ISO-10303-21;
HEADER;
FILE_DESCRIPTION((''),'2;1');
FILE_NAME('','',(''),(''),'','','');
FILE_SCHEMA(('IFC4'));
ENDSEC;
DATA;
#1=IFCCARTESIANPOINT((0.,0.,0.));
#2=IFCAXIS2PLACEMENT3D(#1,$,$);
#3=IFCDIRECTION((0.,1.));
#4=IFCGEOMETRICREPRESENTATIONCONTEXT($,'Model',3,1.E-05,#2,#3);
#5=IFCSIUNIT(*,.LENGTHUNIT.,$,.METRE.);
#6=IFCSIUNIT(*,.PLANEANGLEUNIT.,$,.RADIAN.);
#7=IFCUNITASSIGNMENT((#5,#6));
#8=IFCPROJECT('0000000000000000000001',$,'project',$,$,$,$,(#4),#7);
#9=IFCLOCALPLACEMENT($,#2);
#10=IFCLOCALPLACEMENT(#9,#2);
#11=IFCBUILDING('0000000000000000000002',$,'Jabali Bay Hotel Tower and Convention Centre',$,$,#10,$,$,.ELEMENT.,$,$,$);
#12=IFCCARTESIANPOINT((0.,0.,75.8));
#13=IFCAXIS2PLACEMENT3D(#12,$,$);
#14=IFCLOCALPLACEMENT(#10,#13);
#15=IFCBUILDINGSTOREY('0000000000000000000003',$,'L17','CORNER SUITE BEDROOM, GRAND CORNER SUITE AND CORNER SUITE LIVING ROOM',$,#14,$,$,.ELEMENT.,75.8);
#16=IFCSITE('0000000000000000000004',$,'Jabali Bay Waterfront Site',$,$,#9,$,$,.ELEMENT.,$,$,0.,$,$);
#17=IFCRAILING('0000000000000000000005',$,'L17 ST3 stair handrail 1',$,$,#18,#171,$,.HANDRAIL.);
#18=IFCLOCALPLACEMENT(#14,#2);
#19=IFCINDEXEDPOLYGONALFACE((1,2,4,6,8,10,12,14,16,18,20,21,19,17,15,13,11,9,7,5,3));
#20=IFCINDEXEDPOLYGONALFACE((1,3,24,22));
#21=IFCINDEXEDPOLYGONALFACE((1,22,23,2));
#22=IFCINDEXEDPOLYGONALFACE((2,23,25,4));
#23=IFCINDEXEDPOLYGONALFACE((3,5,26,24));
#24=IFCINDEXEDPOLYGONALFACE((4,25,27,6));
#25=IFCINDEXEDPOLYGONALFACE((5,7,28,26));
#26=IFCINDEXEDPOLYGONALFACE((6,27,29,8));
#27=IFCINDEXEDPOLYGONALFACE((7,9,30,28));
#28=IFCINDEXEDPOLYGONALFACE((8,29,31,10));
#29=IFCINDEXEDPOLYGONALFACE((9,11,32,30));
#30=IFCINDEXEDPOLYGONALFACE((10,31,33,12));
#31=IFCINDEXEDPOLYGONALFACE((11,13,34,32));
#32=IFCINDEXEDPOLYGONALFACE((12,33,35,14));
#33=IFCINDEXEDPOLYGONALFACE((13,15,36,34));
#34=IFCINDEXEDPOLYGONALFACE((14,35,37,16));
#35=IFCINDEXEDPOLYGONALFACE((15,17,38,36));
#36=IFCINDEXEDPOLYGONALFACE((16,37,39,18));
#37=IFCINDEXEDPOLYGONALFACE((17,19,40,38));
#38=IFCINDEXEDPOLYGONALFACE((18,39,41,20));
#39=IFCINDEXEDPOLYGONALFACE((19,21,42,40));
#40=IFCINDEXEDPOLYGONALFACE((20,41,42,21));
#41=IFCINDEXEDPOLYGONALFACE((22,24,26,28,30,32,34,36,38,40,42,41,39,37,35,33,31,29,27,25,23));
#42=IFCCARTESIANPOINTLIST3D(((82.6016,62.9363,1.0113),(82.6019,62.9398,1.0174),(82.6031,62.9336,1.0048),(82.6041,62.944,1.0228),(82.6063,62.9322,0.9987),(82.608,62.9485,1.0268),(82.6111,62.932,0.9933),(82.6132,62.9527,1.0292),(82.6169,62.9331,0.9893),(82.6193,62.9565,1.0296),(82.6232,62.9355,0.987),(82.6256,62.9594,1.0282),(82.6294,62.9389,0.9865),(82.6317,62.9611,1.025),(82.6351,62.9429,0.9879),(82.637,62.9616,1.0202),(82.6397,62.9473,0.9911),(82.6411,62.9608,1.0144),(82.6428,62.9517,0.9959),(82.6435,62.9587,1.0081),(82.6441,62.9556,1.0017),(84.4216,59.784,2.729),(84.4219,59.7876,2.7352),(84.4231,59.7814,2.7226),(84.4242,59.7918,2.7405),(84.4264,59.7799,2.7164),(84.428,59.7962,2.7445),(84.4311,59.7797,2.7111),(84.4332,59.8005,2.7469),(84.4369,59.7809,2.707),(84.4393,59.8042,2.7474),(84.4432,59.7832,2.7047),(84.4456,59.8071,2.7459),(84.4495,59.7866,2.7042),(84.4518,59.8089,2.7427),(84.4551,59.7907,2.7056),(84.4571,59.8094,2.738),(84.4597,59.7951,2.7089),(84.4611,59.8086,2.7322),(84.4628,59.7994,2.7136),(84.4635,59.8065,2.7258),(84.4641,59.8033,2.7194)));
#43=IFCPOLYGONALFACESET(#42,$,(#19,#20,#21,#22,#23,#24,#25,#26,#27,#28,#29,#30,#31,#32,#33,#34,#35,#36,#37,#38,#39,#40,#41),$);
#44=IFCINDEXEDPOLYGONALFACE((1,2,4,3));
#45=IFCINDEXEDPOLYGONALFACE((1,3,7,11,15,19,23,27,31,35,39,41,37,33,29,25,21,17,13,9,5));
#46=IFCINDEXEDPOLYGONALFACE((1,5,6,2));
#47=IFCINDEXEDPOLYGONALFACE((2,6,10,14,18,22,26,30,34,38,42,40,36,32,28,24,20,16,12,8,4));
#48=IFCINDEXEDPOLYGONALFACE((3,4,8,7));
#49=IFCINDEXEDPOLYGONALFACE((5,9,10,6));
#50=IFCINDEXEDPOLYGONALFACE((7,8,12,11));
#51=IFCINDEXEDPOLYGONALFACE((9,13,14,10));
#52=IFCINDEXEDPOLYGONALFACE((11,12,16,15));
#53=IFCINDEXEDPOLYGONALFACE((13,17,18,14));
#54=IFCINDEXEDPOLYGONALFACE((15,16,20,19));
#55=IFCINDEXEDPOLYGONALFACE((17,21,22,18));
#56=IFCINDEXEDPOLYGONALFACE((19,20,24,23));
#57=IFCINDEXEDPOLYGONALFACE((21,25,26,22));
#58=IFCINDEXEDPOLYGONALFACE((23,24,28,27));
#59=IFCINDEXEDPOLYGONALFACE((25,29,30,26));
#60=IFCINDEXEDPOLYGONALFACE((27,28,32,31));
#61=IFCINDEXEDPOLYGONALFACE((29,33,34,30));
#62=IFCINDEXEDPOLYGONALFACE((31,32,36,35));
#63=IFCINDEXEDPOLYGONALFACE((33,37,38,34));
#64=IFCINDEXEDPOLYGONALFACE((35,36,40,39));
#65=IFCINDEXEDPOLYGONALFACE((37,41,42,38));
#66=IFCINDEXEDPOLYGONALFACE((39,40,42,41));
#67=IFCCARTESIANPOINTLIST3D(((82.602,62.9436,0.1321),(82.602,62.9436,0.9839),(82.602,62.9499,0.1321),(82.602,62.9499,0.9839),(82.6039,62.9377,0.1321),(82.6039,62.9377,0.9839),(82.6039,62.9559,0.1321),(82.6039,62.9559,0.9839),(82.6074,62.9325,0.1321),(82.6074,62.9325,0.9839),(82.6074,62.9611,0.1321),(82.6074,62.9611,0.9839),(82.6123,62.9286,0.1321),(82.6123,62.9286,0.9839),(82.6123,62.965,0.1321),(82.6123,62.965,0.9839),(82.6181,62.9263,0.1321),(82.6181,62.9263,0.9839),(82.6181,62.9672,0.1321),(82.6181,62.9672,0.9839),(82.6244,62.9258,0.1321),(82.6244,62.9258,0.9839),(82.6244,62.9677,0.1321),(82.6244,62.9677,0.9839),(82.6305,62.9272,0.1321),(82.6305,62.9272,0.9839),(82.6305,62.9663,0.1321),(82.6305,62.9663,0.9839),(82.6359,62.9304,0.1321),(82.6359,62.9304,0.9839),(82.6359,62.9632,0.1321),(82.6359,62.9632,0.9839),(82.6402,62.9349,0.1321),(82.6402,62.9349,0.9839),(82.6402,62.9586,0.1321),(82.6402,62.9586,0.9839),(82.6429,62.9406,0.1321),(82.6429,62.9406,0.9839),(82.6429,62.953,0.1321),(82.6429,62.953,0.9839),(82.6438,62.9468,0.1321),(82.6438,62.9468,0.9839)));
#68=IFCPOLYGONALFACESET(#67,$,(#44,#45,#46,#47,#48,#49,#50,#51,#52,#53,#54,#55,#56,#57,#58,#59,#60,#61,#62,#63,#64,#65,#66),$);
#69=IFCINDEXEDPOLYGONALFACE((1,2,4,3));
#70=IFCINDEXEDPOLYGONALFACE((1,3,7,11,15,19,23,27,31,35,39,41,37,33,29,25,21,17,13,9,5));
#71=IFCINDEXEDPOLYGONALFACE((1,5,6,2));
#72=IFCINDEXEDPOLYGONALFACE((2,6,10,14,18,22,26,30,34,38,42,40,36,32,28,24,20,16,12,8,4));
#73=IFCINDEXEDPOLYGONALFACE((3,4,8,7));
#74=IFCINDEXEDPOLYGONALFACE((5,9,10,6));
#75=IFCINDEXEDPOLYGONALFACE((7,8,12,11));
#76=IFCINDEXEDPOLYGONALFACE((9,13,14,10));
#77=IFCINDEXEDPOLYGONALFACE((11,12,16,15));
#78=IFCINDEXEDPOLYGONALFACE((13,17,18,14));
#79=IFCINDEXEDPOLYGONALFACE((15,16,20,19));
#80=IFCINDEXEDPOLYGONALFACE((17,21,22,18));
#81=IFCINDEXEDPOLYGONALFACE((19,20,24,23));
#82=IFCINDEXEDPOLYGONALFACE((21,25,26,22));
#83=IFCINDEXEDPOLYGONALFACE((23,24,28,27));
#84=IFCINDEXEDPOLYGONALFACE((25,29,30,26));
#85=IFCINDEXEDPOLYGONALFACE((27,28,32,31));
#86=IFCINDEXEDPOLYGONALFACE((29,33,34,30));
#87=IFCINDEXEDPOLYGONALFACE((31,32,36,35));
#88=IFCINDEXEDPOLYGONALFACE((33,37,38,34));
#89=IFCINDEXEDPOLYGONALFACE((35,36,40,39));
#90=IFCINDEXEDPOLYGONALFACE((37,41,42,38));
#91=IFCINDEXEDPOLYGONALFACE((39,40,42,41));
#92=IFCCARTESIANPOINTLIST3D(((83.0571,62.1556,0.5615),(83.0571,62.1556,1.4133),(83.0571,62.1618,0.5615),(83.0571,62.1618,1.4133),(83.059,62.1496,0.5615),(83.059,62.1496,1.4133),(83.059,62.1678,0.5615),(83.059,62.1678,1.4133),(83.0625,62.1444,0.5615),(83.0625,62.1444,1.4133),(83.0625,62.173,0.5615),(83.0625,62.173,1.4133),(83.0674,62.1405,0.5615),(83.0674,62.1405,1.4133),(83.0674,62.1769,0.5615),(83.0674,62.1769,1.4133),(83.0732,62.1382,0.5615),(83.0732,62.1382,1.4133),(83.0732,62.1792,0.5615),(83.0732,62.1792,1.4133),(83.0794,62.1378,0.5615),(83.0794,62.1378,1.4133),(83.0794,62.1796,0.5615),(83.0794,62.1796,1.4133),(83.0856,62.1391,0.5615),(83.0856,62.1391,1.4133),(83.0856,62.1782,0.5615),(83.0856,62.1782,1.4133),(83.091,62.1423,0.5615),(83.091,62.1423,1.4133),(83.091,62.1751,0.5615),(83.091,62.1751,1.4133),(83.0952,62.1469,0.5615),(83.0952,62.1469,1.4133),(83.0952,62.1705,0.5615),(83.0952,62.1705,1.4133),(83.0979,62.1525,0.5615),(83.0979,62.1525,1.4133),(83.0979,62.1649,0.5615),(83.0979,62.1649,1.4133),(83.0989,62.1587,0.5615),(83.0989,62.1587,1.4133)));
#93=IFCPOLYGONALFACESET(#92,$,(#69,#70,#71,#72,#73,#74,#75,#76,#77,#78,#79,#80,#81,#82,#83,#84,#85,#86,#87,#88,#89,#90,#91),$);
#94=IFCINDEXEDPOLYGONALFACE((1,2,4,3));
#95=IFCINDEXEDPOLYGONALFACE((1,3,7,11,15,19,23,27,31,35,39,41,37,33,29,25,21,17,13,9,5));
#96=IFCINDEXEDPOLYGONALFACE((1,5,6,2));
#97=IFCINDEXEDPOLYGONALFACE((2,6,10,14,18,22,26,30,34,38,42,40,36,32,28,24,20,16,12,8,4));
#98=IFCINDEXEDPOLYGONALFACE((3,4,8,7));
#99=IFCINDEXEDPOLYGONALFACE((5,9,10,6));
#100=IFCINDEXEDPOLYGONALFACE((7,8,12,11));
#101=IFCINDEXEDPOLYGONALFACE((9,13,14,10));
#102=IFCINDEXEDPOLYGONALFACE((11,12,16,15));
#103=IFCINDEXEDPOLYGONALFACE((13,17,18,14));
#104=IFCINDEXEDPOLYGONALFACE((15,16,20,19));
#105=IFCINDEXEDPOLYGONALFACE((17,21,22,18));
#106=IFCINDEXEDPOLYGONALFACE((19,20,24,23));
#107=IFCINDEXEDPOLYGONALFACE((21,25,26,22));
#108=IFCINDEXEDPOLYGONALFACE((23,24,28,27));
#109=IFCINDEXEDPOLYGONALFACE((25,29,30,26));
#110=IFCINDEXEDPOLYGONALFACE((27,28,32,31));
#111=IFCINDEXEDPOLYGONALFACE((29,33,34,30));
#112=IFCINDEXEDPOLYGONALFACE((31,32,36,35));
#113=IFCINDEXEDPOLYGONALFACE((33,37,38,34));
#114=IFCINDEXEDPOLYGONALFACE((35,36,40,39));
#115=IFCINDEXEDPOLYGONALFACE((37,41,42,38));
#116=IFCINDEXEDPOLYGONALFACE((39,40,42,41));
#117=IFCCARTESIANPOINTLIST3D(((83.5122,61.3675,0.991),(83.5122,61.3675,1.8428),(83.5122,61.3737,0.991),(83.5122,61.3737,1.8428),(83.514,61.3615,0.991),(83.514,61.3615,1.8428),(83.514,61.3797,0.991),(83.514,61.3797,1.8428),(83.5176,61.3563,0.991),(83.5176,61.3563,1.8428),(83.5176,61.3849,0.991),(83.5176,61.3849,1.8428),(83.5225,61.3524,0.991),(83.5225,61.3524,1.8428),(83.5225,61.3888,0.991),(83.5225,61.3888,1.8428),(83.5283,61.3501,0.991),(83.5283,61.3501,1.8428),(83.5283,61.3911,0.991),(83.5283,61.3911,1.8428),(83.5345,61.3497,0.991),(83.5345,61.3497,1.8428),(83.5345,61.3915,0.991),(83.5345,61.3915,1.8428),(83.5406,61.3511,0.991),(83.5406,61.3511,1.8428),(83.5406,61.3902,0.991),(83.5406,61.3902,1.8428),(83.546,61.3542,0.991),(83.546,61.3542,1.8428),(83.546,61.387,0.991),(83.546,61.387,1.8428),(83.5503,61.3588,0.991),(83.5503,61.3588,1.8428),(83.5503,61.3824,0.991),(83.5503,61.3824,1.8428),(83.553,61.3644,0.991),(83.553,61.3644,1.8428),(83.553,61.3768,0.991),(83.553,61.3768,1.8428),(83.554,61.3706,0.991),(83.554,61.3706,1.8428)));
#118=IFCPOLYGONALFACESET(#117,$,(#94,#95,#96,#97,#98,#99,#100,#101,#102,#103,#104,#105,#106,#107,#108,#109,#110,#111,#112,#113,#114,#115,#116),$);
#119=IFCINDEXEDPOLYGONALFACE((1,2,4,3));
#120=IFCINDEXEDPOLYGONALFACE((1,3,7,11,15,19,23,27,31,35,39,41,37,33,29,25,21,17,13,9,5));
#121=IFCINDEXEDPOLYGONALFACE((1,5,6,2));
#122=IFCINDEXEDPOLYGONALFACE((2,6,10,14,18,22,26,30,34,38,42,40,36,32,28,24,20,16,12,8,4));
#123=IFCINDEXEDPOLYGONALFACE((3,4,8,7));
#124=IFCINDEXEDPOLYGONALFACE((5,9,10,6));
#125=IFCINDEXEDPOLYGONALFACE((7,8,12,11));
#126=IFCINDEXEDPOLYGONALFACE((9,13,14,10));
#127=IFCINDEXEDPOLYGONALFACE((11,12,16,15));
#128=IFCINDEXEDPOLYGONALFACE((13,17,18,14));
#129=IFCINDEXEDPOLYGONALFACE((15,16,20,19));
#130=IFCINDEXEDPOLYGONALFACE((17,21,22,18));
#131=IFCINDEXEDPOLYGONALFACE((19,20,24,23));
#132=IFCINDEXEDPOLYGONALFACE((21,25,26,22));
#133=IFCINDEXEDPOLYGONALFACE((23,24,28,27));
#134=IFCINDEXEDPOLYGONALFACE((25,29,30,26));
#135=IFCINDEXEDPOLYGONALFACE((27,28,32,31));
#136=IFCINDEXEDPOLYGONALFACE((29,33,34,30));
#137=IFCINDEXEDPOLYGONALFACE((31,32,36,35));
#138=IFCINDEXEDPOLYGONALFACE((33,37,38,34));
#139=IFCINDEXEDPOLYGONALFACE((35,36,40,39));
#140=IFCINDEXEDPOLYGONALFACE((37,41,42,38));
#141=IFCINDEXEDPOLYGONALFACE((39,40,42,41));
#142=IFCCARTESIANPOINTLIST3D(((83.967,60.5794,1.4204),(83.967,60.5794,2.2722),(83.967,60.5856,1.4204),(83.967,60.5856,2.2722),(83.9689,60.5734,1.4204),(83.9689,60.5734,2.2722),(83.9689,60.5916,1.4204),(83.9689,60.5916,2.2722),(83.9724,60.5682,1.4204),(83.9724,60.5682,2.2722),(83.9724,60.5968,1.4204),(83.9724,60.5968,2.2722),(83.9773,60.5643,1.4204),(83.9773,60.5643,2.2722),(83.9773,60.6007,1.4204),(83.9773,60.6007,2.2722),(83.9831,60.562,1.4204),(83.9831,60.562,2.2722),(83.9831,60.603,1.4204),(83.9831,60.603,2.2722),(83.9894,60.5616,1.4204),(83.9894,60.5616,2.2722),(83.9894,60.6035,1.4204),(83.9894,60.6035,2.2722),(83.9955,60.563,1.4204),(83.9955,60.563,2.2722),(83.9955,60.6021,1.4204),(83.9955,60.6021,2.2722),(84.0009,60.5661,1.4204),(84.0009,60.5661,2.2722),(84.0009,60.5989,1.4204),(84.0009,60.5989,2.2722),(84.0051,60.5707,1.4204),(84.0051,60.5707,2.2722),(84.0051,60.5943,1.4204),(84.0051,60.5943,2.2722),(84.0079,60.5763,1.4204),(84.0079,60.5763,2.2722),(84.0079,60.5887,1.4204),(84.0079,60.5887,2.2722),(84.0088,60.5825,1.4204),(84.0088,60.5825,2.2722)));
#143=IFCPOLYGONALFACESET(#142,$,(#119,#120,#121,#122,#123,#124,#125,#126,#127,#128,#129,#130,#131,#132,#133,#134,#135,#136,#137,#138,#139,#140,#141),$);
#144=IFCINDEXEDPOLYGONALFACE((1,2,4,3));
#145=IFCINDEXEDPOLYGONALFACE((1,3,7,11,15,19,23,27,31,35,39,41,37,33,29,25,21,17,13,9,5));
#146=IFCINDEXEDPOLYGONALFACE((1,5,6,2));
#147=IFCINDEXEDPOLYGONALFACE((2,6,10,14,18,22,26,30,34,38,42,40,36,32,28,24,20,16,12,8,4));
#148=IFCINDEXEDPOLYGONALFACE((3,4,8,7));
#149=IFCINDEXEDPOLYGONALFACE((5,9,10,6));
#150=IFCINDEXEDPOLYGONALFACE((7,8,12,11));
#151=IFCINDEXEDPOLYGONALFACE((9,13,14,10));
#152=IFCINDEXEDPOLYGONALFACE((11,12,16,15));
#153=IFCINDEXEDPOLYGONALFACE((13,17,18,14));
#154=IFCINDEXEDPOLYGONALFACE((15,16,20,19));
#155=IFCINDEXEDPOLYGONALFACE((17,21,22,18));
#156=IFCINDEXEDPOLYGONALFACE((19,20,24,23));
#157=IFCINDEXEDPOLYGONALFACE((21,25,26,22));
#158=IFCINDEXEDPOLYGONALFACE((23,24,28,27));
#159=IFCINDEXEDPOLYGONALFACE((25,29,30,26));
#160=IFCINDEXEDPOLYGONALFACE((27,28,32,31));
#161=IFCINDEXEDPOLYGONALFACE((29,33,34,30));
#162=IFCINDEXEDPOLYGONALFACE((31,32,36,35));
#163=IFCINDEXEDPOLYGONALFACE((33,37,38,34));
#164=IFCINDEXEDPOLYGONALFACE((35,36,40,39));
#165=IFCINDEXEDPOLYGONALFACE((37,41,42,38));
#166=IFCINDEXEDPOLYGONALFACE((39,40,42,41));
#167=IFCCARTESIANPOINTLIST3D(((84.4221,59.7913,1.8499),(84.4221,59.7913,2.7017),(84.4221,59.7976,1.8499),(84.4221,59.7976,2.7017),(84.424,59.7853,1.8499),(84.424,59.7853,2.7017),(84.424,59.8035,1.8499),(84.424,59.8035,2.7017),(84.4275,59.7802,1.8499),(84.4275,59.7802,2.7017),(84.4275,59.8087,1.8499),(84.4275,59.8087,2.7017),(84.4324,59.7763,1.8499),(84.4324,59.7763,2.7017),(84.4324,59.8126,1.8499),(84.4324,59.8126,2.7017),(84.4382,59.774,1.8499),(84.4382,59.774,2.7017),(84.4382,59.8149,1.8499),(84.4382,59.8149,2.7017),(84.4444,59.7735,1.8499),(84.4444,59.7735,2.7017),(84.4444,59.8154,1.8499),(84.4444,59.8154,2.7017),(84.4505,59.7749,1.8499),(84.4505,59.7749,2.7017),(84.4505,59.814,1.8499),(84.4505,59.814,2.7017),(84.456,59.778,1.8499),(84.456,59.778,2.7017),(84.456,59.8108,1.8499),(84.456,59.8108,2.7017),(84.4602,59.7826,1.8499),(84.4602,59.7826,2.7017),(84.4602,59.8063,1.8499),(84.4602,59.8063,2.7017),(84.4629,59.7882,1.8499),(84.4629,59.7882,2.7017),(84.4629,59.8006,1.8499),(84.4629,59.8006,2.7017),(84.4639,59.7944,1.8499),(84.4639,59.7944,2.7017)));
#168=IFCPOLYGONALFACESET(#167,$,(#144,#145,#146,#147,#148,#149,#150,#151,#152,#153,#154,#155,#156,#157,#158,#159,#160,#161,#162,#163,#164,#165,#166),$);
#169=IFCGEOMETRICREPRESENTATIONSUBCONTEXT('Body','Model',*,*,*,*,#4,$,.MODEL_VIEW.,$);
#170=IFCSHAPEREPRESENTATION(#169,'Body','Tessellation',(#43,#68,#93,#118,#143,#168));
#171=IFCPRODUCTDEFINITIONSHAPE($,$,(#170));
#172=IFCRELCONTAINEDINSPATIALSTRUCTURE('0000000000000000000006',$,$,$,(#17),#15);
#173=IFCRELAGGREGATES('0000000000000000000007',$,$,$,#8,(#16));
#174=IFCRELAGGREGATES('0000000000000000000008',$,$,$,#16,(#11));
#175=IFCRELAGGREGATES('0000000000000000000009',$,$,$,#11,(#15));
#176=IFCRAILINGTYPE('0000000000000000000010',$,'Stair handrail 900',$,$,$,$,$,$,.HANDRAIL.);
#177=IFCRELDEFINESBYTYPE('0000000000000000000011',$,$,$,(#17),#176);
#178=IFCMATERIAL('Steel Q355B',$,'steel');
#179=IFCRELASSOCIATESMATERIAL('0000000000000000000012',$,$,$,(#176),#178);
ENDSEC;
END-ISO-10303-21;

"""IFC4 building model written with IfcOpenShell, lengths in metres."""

from ifc_helpers import new_model, si_unit, direction, frame, origin, origin_2d, place, context, subcontext, project, spatial, circle, extrude, material, type_object, element, save


model = new_model("IFC4")

# Units and contexts
model_context = context("Model", 3, precision=1e-05, world=origin(), true_north=direction((0.0, 1.0)))
body_context = subcontext(model_context, "Body", "Model", "MODEL_VIEW")
ifc_project = project(units=[si_unit("LENGTHUNIT", "METRE"), si_unit("PLANEANGLEUNIT", "RADIAN")], contexts=[model_context])

# Site, building, storey
site_placement = place(None, origin())
site = spatial("IfcSite", under=ifc_project, at=site_placement, Name="Jabali Bay Waterfront Site", CompositionType="ELEMENT", RefElevation=0.0)
building_placement = place(site_placement, origin())
building = spatial("IfcBuilding", under=site, at=building_placement, Name="Jabali Bay Hotel Tower and Convention Centre", CompositionType="ELEMENT")
storey_placement = place(building_placement, frame((0.0, 0.0, 75.8)))
storey = spatial("IfcBuildingStorey", under=building, at=storey_placement, Name="L17", Description="CORNER SUITE BEDROOM, GRAND CORNER SUITE AND CORNER SUITE LIVING ROOM", CompositionType="ELEMENT", Elevation=75.8)

# Railing
ifc_material_1 = material(Name="Steel Q355B", Category="steel")
railing_type_1 = type_object("IfcRailingType", Name="Stair handrail 900", PredefinedType="HANDRAIL", material=ifc_material_1)
railing_1_placement = place(storey_placement, frame((82.6228, 62.9468, 0.1321)))
element("IfcRailing", 1, at=railing_1_placement, inside=storey, type_object=railing_type_1, Name="L17 ST3 stair handrail 1", PredefinedType="HANDRAIL", context=body_context, shape_type="SweptSolid", body=[
    extrude(circle(Radius=0.0239, at=origin_2d()), frame((0.0, 0.0, 0.876), z_axis=(0.45219, -0.78319, 0.426775), x_axis=(0.866018, 0.500013, 0.0)), (0.0, 0.0, 1.0), 4.0249),
    extrude(circle(Radius=0.021, at=origin_2d()), origin(), (0.0, 0.0, 1.0), 0.8518),
    extrude(circle(Radius=0.021, at=origin_2d()), frame((0.4551, -0.7881, 0.4294)), (0.0, 0.0, 1.0), 0.8518),
    extrude(circle(Radius=0.021, at=origin_2d()), frame((0.9102, -1.5762, 0.8589)), (0.0, 0.0, 1.0), 0.8518),
    extrude(circle(Radius=0.021, at=origin_2d()), frame((1.365, -2.3643, 1.2883)), (0.0, 0.0, 1.0), 0.8518),
    extrude(circle(Radius=0.021, at=origin_2d()), frame((1.8201, -3.1523, 1.7178)), (0.0, 0.0, 1.0), 0.8518),
])

save(model, "model.ifc")
